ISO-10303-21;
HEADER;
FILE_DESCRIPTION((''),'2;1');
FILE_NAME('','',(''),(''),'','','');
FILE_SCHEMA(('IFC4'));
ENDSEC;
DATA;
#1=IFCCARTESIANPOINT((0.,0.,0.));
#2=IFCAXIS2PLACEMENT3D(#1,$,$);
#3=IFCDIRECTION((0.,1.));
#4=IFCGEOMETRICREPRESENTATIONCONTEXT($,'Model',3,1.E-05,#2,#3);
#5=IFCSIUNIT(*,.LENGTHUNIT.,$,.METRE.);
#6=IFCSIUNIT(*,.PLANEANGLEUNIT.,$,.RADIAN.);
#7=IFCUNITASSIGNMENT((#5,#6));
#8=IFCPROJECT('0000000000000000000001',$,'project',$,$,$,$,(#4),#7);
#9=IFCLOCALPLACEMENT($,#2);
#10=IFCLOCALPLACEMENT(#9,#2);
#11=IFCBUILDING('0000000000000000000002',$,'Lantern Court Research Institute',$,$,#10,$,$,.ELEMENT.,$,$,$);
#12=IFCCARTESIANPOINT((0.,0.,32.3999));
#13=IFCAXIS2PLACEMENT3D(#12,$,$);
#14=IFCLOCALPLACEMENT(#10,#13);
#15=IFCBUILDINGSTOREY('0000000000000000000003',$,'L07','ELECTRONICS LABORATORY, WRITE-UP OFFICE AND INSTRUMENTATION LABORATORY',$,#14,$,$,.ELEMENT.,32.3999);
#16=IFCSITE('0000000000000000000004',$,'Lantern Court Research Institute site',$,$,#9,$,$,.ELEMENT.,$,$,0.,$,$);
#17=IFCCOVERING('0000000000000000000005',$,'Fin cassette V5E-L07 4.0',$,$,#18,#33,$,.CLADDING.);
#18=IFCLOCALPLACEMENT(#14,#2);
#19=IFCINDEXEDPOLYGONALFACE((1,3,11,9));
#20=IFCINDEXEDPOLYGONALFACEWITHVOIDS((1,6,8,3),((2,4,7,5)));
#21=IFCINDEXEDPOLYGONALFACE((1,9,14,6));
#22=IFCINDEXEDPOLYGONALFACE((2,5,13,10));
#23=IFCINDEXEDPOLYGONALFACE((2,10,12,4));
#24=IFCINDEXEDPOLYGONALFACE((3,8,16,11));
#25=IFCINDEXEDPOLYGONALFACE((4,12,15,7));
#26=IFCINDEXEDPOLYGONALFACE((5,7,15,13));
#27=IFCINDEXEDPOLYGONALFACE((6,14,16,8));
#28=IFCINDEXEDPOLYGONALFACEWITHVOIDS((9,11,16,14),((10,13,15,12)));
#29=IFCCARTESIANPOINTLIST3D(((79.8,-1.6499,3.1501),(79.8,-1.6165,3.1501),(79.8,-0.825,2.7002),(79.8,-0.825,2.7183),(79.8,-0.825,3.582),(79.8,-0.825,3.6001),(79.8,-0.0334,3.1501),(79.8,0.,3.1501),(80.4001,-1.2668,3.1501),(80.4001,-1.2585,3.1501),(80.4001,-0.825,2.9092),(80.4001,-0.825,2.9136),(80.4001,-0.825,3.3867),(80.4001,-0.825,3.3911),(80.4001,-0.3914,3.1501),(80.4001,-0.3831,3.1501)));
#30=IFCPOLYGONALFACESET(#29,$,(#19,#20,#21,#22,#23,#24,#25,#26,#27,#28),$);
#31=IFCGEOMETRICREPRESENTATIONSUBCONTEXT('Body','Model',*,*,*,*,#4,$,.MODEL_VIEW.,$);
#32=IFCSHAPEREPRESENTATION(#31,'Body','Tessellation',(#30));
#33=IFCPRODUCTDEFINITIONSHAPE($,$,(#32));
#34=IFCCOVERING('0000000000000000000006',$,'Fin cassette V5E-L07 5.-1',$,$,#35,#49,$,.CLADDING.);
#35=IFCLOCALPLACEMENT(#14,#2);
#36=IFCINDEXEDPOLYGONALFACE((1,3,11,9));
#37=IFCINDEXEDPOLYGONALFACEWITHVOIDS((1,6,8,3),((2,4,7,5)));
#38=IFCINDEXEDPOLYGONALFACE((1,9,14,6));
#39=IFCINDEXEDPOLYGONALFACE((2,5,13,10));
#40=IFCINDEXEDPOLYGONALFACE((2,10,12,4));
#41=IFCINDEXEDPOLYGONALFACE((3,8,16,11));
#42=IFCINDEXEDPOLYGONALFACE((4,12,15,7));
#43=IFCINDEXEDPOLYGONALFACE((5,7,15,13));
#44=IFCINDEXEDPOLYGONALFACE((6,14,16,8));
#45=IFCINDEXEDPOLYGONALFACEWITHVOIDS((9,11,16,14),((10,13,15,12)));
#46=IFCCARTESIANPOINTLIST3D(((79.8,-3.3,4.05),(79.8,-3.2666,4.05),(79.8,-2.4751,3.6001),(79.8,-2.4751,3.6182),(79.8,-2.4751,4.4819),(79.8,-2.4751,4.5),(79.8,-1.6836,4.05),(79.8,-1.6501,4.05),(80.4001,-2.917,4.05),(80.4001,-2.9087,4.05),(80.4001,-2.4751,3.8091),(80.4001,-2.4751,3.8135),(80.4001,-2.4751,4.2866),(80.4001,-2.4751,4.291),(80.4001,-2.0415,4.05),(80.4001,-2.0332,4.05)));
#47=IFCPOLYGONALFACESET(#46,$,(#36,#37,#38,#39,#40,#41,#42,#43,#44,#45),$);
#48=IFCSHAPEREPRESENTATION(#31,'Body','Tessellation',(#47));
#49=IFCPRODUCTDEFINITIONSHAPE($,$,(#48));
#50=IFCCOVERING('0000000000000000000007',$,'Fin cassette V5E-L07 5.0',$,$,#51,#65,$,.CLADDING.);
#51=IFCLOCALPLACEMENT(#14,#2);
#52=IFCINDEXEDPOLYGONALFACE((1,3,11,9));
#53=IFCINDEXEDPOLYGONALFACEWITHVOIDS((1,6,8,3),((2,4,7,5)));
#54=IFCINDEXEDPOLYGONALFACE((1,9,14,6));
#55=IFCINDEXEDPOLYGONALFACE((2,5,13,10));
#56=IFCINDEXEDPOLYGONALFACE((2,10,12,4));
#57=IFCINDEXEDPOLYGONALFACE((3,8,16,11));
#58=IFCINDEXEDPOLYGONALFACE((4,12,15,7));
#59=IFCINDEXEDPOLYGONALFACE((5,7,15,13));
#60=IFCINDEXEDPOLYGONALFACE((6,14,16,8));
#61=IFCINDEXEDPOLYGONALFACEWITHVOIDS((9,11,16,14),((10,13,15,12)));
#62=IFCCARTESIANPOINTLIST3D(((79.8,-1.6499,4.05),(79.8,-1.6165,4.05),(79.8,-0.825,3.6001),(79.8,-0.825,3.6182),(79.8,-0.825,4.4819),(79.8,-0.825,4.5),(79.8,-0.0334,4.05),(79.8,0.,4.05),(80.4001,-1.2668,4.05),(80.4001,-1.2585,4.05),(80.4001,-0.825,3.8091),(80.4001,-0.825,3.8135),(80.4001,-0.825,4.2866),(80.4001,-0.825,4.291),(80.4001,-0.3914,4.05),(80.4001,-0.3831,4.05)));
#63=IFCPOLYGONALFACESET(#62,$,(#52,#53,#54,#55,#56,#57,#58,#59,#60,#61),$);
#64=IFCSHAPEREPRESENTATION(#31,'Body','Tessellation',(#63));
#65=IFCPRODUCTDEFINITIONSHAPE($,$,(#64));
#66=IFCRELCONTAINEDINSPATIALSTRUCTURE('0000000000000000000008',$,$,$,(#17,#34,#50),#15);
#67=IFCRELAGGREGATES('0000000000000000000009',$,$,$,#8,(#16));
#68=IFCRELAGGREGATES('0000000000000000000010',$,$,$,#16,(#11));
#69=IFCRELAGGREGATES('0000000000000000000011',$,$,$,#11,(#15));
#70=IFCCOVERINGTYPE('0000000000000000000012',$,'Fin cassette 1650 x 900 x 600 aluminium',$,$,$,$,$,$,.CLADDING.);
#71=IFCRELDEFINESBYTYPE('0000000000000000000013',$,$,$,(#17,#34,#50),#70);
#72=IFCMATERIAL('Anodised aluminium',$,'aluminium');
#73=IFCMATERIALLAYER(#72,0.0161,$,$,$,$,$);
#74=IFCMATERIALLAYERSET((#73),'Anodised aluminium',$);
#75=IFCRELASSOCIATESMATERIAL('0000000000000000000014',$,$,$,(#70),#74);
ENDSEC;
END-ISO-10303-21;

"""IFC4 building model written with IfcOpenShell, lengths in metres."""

from ifc_helpers import new_model, entity, si_unit, direction, frame, origin, place, context, subcontext, project, spatial, material, layer, layer_set, type_object, element, save


model = new_model("IFC4")

# Units and contexts
model_context = context("Model", 3, precision=1e-05, world=origin(), true_north=direction((0.0, 1.0)))
body_context = subcontext(model_context, "Body", "Model", "MODEL_VIEW")
ifc_project = project(units=[si_unit("LENGTHUNIT", "METRE"), si_unit("PLANEANGLEUNIT", "RADIAN")], contexts=[model_context])

# Site, building, storey
site_placement = place(None, origin())
site = spatial("IfcSite", under=ifc_project, at=site_placement, Name="Lantern Court Research Institute site", CompositionType="ELEMENT", RefElevation=0.0)
building_placement = place(site_placement, origin())
building = spatial("IfcBuilding", under=site, at=building_placement, Name="Lantern Court Research Institute", CompositionType="ELEMENT")
storey_placement = place(building_placement, frame((0.0, 0.0, 32.3999)))
storey = spatial("IfcBuildingStorey", under=building, at=storey_placement, Name="L07", Description="ELECTRONICS LABORATORY, WRITE-UP OFFICE AND INSTRUMENTATION LABORATORY", CompositionType="ELEMENT", Elevation=32.3999)

# Coverings
ifc_material_1 = material(Name="Anodised aluminium", Category="aluminium")
ifc_layer_1 = layer(ifc_material_1, 0.0161)
ifc_layer_set_1 = layer_set([ifc_layer_1], Name="Anodised aluminium")
covering_type = type_object("IfcCoveringType", Name="Fin cassette 1650 x 900 x 600 aluminium", PredefinedType="CLADDING", material=ifc_layer_set_1)
covering_1_placement = place(storey_placement, frame((79.8, -0.825, 3.1501), z_axis=(1.0, 0.0, 0.0), x_axis=(0.0, 1.0, 0.0)))
cartesian_point_1 = entity("IfcCartesianPoint", [0.825, 0.0])
cartesian_point_2 = entity("IfcCartesianPoint", [0.7915, 0.0])
cartesian_point_3 = entity("IfcCartesianPoint", [0.4419, 0.0])
cartesian_point_4 = entity("IfcCartesianPoint", [0.4336, 0.0])
element("IfcCovering", 1, at=covering_1_placement, inside=storey, type_object=covering_type, Name="Fin cassette V5E-L07 4.0", PredefinedType="CLADDING", context=body_context, shape_type="SweptSolid", body=[
    entity("IfcExtrudedAreaSolidTapered", entity("IfcArbitraryProfileDefWithVoids", "AREA", None, entity("IfcPolyline", [cartesian_point_1, entity("IfcCartesianPoint", [0.0, 0.45]), entity("IfcCartesianPoint", [-0.825, 0.0]), entity("IfcCartesianPoint", [0.0, -0.45]), cartesian_point_1]), [entity("IfcPolyline", [cartesian_point_2, entity("IfcCartesianPoint", [0.0, 0.4319]), entity("IfcCartesianPoint", [-0.7915, 0.0]), entity("IfcCartesianPoint", [0.0, -0.4319]), cartesian_point_2])]), entity("IfcAxis2Placement3D", entity("IfcCartesianPoint", [0.0, 0.0, 0.0])), entity("IfcDirection", [0.0, 0.0, 1.0]), 0.6001, entity("IfcArbitraryProfileDefWithVoids", "AREA", None, entity("IfcPolyline", [cartesian_point_3, entity("IfcCartesianPoint", [0.0, 0.241]), entity("IfcCartesianPoint", [-0.4419, 0.0]), entity("IfcCartesianPoint", [0.0, -0.241]), cartesian_point_3]), [entity("IfcPolyline", [cartesian_point_4, entity("IfcCartesianPoint", [0.0, 0.2366]), entity("IfcCartesianPoint", [-0.4336, 0.0]), entity("IfcCartesianPoint", [0.0, -0.2366]), cartesian_point_4])])),
])
covering_2_placement = place(storey_placement, frame((79.8, -2.4751, 4.05), z_axis=(1.0, 0.0, 0.0), x_axis=(0.0, 1.0, 0.0)))
cartesian_point_5 = entity("IfcCartesianPoint", [0.825, 0.0])
cartesian_point_6 = entity("IfcCartesianPoint", [0.7915, 0.0])
cartesian_point_7 = entity("IfcCartesianPoint", [0.4419, 0.0])
cartesian_point_8 = entity("IfcCartesianPoint", [0.4336, 0.0])
element("IfcCovering", 2, at=covering_2_placement, inside=storey, type_object=covering_type, Name="Fin cassette V5E-L07 5.-1", PredefinedType="CLADDING", context=body_context, shape_type="SweptSolid", body=[
    entity("IfcExtrudedAreaSolidTapered", entity("IfcArbitraryProfileDefWithVoids", "AREA", None, entity("IfcPolyline", [cartesian_point_5, entity("IfcCartesianPoint", [0.0, 0.45]), entity("IfcCartesianPoint", [-0.825, 0.0]), entity("IfcCartesianPoint", [0.0, -0.45]), cartesian_point_5]), [entity("IfcPolyline", [cartesian_point_6, entity("IfcCartesianPoint", [0.0, 0.4319]), entity("IfcCartesianPoint", [-0.7915, 0.0]), entity("IfcCartesianPoint", [0.0, -0.4319]), cartesian_point_6])]), entity("IfcAxis2Placement3D", entity("IfcCartesianPoint", [0.0, 0.0, 0.0])), entity("IfcDirection", [0.0, 0.0, 1.0]), 0.6001, entity("IfcArbitraryProfileDefWithVoids", "AREA", None, entity("IfcPolyline", [cartesian_point_7, entity("IfcCartesianPoint", [0.0, 0.241]), entity("IfcCartesianPoint", [-0.4419, 0.0]), entity("IfcCartesianPoint", [0.0, -0.241]), cartesian_point_7]), [entity("IfcPolyline", [cartesian_point_8, entity("IfcCartesianPoint", [0.0, 0.2366]), entity("IfcCartesianPoint", [-0.4336, 0.0]), entity("IfcCartesianPoint", [0.0, -0.2366]), cartesian_point_8])])),
])
covering_3_placement = place(storey_placement, frame((79.8, -0.825, 4.05), z_axis=(1.0, 0.0, 0.0), x_axis=(0.0, 1.0, 0.0)))
cartesian_point_9 = entity("IfcCartesianPoint", [0.825, 0.0])
cartesian_point_10 = entity("IfcCartesianPoint", [0.7915, 0.0])
cartesian_point_11 = entity("IfcCartesianPoint", [0.4419, 0.0])
cartesian_point_12 = entity("IfcCartesianPoint", [0.4336, 0.0])
element("IfcCovering", 3, at=covering_3_placement, inside=storey, type_object=covering_type, Name="Fin cassette V5E-L07 5.0", PredefinedType="CLADDING", context=body_context, shape_type="SweptSolid", body=[
    entity("IfcExtrudedAreaSolidTapered", entity("IfcArbitraryProfileDefWithVoids", "AREA", None, entity("IfcPolyline", [cartesian_point_9, entity("IfcCartesianPoint", [0.0, 0.45]), entity("IfcCartesianPoint", [-0.825, 0.0]), entity("IfcCartesianPoint", [0.0, -0.45]), cartesian_point_9]), [entity("IfcPolyline", [cartesian_point_10, entity("IfcCartesianPoint", [0.0, 0.4319]), entity("IfcCartesianPoint", [-0.7915, 0.0]), entity("IfcCartesianPoint", [0.0, -0.4319]), cartesian_point_10])]), entity("IfcAxis2Placement3D", entity("IfcCartesianPoint", [0.0, 0.0, 0.0])), entity("IfcDirection", [0.0, 0.0, 1.0]), 0.6001, entity("IfcArbitraryProfileDefWithVoids", "AREA", None, entity("IfcPolyline", [cartesian_point_11, entity("IfcCartesianPoint", [0.0, 0.241]), entity("IfcCartesianPoint", [-0.4419, 0.0]), entity("IfcCartesianPoint", [0.0, -0.241]), cartesian_point_11]), [entity("IfcPolyline", [cartesian_point_12, entity("IfcCartesianPoint", [0.0, 0.2366]), entity("IfcCartesianPoint", [-0.4336, 0.0]), entity("IfcCartesianPoint", [0.0, -0.2366]), cartesian_point_12])])),
])

save(model, "model.ifc")
